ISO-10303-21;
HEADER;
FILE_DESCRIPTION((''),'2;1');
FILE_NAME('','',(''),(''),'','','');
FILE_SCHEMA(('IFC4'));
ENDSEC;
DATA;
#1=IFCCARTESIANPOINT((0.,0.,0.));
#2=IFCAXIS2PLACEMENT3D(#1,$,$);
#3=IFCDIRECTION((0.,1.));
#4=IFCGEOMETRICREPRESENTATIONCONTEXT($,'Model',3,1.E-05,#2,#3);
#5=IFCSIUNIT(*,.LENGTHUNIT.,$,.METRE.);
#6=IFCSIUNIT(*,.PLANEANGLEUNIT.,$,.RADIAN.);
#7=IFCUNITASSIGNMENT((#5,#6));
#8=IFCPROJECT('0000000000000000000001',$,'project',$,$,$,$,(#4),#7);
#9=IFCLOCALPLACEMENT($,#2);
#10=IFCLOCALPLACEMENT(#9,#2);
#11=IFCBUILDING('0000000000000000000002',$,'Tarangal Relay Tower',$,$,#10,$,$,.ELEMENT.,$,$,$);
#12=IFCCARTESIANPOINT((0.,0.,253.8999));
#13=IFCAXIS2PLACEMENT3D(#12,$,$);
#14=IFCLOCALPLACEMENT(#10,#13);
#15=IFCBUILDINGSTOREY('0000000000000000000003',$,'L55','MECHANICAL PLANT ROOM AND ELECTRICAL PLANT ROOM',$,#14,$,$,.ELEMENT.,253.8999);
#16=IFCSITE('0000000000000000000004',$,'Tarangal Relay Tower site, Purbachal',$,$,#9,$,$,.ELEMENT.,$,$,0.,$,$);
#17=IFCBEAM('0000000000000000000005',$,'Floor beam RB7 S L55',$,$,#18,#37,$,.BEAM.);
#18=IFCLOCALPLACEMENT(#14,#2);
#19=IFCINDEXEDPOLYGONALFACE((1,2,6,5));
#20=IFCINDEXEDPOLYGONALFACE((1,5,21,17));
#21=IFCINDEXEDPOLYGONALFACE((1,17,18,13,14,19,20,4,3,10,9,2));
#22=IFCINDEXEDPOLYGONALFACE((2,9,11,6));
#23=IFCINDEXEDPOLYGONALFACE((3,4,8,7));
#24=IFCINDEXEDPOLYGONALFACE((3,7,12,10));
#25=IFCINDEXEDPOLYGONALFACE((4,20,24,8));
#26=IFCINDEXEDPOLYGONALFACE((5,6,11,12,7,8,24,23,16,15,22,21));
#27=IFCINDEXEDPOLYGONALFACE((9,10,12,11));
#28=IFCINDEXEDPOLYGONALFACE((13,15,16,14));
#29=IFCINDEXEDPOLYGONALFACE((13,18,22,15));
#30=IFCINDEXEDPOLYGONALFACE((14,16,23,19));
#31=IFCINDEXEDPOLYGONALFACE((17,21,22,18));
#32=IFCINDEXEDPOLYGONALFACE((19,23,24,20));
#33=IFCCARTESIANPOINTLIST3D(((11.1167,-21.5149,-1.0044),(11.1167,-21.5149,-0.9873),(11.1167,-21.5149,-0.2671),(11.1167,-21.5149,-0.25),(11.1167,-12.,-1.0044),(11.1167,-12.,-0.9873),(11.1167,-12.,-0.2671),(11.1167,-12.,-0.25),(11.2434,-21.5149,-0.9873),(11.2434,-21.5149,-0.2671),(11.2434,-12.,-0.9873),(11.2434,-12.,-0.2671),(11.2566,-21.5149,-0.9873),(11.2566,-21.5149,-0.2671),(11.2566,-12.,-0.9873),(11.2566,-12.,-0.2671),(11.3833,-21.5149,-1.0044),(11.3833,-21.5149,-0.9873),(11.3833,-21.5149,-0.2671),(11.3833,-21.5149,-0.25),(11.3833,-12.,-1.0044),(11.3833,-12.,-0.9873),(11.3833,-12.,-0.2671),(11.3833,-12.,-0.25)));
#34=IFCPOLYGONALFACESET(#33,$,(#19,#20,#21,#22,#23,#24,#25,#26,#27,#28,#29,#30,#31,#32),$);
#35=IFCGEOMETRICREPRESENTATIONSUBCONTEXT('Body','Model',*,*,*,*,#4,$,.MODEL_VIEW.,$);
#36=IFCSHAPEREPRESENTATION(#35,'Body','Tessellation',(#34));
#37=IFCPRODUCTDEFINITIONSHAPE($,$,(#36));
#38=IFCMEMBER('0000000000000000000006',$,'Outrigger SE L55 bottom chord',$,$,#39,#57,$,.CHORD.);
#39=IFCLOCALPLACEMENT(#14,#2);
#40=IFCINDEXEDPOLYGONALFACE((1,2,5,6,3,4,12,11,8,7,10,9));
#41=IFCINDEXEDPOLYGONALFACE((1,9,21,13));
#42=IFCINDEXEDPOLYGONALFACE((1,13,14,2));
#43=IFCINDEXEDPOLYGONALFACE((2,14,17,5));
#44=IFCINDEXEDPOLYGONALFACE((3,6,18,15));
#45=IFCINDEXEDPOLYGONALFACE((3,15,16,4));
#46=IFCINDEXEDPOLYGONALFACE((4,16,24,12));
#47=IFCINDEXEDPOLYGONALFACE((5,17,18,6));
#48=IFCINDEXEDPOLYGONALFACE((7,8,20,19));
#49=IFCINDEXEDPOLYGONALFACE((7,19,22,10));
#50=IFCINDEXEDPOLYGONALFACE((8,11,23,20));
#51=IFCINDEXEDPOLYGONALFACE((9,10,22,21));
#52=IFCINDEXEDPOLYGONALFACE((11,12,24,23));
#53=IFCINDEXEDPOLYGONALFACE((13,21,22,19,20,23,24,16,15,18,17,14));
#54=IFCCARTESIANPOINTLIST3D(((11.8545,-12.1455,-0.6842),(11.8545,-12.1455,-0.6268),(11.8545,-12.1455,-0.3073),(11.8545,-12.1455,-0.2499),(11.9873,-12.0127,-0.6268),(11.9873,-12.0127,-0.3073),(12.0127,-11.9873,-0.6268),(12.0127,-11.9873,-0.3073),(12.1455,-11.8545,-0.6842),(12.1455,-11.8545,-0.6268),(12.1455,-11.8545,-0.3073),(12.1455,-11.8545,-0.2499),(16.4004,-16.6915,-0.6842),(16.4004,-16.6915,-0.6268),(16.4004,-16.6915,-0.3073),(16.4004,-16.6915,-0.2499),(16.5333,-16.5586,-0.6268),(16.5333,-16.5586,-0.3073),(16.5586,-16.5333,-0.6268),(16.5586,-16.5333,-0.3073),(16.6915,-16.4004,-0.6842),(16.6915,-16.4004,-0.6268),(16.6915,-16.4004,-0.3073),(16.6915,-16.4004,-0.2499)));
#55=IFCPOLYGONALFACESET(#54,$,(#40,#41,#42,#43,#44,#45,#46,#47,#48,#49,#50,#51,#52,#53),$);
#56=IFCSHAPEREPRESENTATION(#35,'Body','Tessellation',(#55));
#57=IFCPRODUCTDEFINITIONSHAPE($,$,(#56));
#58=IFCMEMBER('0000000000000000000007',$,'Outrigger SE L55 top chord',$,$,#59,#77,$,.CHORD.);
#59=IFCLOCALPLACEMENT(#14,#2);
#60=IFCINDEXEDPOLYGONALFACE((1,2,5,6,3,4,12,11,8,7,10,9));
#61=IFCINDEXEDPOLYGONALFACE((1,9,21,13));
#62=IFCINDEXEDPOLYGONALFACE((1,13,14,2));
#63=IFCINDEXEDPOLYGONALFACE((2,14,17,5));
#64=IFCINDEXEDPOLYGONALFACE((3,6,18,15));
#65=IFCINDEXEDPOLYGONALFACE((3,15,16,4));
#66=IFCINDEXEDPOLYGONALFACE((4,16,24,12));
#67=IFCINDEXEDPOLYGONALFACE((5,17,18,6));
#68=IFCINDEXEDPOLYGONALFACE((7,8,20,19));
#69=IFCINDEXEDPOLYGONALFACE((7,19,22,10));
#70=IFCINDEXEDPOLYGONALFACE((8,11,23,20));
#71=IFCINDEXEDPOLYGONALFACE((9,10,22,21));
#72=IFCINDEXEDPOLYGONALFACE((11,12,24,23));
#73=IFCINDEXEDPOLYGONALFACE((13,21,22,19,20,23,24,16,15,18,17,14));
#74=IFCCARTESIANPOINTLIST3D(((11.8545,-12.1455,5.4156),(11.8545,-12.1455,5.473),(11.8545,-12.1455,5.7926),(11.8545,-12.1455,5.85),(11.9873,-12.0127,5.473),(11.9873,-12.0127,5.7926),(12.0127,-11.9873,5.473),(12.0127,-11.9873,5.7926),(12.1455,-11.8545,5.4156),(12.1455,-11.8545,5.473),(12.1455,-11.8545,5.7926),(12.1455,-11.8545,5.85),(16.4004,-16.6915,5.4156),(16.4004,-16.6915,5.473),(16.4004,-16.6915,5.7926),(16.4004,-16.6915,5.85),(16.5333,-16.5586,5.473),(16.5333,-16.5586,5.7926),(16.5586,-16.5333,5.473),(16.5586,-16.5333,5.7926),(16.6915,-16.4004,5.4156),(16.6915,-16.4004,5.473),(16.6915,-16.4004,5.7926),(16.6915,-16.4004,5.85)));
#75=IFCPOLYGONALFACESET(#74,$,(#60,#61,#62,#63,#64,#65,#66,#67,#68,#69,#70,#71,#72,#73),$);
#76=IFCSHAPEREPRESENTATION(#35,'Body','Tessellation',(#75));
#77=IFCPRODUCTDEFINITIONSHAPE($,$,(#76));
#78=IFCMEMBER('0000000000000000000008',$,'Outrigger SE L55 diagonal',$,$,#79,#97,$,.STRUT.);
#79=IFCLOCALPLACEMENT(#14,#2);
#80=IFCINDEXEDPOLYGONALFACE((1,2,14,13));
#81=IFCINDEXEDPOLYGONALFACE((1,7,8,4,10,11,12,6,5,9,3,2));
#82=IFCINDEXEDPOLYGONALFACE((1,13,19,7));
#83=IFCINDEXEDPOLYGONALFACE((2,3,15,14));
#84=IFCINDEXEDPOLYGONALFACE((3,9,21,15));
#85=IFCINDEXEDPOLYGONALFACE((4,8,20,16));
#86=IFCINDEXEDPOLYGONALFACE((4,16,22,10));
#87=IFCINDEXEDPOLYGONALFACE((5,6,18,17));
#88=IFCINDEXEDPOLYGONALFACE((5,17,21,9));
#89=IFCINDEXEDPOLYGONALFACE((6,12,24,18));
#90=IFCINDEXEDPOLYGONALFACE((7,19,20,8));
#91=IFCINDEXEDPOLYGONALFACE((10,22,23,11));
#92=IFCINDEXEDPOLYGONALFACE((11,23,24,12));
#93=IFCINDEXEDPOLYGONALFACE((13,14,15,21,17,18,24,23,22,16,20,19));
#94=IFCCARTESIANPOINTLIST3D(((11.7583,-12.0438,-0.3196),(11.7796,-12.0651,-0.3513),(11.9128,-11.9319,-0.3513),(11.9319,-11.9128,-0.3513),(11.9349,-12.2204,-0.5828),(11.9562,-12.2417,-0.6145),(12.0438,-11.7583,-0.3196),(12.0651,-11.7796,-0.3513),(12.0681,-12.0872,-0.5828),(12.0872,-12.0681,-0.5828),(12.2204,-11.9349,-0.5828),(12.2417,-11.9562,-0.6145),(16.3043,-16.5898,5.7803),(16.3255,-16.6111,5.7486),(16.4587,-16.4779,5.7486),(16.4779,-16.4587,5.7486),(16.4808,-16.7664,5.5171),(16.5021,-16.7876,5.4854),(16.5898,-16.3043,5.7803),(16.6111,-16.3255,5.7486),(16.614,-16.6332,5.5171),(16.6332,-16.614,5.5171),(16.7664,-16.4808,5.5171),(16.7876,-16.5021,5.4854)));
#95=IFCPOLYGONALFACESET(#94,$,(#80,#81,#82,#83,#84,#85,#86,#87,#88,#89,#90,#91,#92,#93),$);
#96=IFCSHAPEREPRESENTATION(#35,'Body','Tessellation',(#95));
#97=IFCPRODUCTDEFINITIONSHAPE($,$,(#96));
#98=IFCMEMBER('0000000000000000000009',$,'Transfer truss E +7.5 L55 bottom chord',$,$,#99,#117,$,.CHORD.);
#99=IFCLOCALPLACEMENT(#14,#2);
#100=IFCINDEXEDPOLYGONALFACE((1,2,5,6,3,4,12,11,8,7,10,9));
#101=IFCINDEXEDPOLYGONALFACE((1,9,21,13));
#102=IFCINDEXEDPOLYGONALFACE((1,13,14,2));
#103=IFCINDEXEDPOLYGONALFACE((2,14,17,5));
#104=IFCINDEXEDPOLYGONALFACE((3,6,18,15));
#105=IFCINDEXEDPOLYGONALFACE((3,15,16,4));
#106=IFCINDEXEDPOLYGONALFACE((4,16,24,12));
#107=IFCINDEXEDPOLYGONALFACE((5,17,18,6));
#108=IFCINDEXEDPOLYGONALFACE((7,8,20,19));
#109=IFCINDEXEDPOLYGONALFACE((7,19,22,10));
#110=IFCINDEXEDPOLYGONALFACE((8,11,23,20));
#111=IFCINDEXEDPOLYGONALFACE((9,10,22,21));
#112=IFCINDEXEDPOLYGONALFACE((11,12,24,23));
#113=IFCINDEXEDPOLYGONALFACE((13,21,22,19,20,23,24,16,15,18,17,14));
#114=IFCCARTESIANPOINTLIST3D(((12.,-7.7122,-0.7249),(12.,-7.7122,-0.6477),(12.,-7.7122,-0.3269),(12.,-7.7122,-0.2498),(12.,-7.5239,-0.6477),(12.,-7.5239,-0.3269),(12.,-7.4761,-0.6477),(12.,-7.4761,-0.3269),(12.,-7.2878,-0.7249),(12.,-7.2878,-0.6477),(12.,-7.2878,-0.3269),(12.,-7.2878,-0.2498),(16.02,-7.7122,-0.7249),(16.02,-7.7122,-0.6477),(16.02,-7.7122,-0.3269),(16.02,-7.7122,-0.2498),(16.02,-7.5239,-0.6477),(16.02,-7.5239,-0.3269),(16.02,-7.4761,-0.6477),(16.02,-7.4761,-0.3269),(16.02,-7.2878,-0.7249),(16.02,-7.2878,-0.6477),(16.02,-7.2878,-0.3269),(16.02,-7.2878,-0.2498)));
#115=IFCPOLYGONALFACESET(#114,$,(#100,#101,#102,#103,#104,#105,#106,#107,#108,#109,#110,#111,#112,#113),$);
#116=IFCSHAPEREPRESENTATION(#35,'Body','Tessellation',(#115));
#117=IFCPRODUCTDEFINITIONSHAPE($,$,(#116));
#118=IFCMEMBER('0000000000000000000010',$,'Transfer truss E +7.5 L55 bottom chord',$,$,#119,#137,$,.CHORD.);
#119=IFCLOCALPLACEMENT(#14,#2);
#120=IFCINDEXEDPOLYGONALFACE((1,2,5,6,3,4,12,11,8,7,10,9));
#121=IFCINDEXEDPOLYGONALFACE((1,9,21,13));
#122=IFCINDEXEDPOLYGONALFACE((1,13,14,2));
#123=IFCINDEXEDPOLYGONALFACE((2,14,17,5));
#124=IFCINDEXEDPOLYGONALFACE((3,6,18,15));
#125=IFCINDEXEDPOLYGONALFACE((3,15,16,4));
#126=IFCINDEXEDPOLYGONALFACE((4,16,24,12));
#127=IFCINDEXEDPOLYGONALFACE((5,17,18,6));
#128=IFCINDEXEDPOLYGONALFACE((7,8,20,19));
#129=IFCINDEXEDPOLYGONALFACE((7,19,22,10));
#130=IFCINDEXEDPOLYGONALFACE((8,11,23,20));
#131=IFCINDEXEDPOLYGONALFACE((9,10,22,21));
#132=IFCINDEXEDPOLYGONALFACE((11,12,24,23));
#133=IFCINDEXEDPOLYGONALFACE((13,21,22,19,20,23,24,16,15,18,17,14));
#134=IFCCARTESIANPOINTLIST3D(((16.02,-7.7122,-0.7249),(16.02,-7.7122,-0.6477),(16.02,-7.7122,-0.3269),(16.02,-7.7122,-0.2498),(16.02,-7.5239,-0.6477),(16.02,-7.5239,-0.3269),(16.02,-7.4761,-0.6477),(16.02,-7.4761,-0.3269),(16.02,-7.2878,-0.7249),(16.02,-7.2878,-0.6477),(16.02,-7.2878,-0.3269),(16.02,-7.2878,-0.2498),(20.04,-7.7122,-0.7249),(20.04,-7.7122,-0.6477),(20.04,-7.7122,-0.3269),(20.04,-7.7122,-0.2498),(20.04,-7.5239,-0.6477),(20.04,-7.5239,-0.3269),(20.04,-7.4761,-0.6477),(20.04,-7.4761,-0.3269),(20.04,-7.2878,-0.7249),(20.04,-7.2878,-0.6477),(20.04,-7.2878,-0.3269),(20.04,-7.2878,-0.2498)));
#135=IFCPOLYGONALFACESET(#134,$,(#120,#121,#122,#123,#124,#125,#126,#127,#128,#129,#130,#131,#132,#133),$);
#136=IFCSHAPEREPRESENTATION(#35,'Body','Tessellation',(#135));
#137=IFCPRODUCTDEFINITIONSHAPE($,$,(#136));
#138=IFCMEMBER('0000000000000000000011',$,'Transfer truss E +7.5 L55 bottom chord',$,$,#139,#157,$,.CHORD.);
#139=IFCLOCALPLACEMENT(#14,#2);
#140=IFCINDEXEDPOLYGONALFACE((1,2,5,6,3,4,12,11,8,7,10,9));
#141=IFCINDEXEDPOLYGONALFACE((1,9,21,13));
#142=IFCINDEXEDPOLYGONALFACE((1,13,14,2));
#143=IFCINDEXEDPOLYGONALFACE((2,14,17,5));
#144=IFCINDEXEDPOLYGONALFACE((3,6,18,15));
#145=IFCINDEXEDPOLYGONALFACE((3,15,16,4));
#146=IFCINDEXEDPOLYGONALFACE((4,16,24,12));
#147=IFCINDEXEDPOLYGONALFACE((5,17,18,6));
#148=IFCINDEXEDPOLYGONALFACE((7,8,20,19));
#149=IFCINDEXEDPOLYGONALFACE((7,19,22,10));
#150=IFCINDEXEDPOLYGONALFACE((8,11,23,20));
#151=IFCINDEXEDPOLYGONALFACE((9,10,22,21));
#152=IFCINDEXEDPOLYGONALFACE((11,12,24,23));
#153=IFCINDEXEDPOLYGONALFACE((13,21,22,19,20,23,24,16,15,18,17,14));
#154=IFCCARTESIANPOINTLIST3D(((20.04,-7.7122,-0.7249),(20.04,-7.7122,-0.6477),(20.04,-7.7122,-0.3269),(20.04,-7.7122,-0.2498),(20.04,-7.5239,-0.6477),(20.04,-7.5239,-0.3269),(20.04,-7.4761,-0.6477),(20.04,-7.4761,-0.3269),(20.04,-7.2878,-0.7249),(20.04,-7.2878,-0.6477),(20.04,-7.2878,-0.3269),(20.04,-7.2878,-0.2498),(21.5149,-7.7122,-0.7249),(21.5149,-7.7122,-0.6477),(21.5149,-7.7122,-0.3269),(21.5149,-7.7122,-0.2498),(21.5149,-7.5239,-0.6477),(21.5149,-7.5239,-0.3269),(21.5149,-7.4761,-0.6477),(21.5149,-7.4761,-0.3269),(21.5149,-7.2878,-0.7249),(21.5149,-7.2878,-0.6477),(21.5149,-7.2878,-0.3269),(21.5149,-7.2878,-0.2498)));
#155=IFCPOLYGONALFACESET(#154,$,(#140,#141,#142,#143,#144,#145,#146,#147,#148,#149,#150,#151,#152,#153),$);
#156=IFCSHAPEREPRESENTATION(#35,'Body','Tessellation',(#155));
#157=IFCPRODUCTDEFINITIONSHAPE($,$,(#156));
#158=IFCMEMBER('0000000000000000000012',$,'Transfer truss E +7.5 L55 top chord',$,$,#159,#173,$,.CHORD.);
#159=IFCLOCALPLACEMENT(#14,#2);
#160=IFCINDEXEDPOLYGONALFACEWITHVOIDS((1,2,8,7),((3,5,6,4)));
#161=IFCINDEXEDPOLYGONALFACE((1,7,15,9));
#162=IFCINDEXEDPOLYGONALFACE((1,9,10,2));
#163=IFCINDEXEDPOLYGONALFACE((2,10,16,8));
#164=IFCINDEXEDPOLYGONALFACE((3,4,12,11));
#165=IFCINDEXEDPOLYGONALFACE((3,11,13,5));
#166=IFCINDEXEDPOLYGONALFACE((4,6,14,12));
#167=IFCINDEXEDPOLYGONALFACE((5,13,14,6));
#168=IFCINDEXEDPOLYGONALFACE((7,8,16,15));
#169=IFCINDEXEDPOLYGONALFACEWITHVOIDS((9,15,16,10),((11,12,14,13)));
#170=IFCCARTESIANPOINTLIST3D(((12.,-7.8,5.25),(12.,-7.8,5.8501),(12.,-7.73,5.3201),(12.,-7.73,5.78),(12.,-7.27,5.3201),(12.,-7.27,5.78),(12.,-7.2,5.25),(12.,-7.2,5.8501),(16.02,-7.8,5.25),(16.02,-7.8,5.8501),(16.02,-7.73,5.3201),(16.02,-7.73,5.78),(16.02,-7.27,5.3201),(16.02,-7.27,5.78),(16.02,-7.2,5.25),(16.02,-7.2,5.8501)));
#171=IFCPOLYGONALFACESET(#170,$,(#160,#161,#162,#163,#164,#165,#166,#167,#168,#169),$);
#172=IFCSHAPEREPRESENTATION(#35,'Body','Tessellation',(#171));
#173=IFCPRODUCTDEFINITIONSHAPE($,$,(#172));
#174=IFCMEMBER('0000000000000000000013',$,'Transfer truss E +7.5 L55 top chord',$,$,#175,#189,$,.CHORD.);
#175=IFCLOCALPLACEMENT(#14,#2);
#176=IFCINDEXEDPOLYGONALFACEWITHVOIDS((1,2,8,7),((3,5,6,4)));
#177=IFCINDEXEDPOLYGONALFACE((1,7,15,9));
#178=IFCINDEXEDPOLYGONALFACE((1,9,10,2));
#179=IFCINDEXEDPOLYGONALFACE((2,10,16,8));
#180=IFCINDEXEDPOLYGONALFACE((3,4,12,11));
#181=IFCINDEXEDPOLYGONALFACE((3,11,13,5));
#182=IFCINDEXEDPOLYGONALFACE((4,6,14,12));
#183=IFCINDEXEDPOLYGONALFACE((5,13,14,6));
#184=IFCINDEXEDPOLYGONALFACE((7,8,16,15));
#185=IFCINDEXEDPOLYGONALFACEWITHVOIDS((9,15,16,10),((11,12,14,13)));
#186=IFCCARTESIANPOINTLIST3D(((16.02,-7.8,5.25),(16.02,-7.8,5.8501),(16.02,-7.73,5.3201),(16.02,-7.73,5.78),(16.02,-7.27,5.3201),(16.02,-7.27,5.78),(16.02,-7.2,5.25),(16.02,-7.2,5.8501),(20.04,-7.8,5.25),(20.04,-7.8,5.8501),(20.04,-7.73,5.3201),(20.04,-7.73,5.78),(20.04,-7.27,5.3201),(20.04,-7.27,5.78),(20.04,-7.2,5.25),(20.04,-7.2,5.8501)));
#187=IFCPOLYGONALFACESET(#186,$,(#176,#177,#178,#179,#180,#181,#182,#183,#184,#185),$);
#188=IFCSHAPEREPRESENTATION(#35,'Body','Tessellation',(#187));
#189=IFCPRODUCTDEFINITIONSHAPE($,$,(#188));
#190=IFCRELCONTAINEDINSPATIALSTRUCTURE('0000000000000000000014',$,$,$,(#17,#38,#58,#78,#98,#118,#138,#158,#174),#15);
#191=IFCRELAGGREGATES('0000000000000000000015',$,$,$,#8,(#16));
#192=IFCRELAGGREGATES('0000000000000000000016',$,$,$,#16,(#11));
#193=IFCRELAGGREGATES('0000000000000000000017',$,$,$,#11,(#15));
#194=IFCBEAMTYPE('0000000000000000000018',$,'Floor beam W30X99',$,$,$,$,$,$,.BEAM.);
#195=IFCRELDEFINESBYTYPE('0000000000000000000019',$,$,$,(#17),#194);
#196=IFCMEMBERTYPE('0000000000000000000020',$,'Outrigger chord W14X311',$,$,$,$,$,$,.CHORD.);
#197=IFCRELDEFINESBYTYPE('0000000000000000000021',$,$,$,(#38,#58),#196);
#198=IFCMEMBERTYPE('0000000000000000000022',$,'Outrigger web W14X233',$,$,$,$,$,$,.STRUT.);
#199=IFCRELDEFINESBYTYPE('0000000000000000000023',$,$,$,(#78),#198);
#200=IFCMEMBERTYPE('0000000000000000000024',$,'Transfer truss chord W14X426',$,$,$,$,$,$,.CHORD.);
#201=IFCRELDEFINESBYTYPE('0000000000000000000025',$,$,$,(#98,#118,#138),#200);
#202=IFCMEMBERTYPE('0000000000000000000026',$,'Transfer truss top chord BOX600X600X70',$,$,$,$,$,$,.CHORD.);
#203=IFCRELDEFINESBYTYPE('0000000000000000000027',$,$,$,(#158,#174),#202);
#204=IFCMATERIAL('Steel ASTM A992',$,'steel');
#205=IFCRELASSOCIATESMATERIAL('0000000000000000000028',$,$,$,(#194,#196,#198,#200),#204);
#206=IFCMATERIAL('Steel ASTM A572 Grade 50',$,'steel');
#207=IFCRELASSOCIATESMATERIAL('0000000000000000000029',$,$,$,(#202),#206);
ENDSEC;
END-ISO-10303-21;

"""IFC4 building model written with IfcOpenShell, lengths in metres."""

from ifc_helpers import new_model, si_unit, direction, frame, origin, origin_2d, place, context, subcontext, project, spatial, hollow_rectangle, i_section, extrude, material, material_profile, profile_set, type_object, element, save


model = new_model("IFC4")

# Units and contexts
model_context = context("Model", 3, precision=1e-05, world=origin(), true_north=direction((0.0, 1.0)))
body_context = subcontext(model_context, "Body", "Model", "MODEL_VIEW")
ifc_project = project(units=[si_unit("LENGTHUNIT", "METRE"), si_unit("PLANEANGLEUNIT", "RADIAN")], contexts=[model_context])

# Site, building, storey
site_placement = place(None, origin())
site = spatial("IfcSite", under=ifc_project, at=site_placement, Name="Tarangal Relay Tower site, Purbachal", CompositionType="ELEMENT", RefElevation=0.0)
building_placement = place(site_placement, origin())
building = spatial("IfcBuilding", under=site, at=building_placement, Name="Tarangal Relay Tower", CompositionType="ELEMENT")
storey_placement = place(building_placement, frame((0.0, 0.0, 253.8999)))
storey = spatial("IfcBuildingStorey", under=building, at=storey_placement, Name="L55", Description="MECHANICAL PLANT ROOM AND ELECTRICAL PLANT ROOM", CompositionType="ELEMENT", Elevation=253.8999)

# Shared definitions
ifc_material_1 = material(Name="Steel ASTM A572 Grade 50", Category="steel")

# Shared definitions
ifc_material_2 = material(Name="Steel ASTM A992", Category="steel")

# Beam
ifc_material_profile_1 = material_profile(ifc_material_2, i_section(OverallWidth=0.2666, OverallDepth=0.7544, WebThickness=0.0132, FlangeThickness=0.0171, at=origin_2d()), Name="W30X99")
ifc_profile_set_1 = profile_set([ifc_material_profile_1], Name="Steel ASTM A992")
beam_type_1 = type_object("IfcBeamType", Name="Floor beam W30X99", PredefinedType="BEAM", material=ifc_profile_set_1)
for number, where, z_axis, x_axis, name in (
    (1, (11.25, -12.0, -0.6272), (0.0, -1.0, 0.0), (1.0, 0.0, 0.0), "Floor beam RB7 S L55"),
):
    element("IfcBeam", number, at=place(storey_placement, frame(where, z_axis=z_axis, x_axis=x_axis)), inside=storey, type_object=beam_type_1, Name=name, PredefinedType="BEAM", context=body_context, shape_type="SweptSolid", body=[
        extrude(i_section(OverallWidth=0.2666, OverallDepth=0.7544, WebThickness=0.0132, FlangeThickness=0.0171, at=origin_2d()), origin(), (0.0, 0.0, 1.0), 9.5149),
    ])

# Members
ifc_material_profile_2 = material_profile(ifc_material_2, i_section(OverallWidth=0.4116, OverallDepth=0.4343, WebThickness=0.0359, FlangeThickness=0.0574, at=origin_2d()), Name="W14X311")
ifc_profile_set_2 = profile_set([ifc_material_profile_2], Name="Steel ASTM A992")
member_type_1 = type_object("IfcMemberType", Name="Outrigger chord W14X311", PredefinedType="CHORD", material=ifc_profile_set_2)
for number, where, z_axis, x_axis, name in (
    (2, (12.0, -12.0, -0.467), (0.707107, -0.707107, 0.0), (0.707107, 0.707107, 0.0), "Outrigger SE L55 bottom chord"),
    (3, (12.0, -12.0, 5.6328), (0.707107, -0.707107, 0.0), (0.707107, 0.707107, 0.0), "Outrigger SE L55 top chord"),
):
    element("IfcMember", number, at=place(storey_placement, frame(where, z_axis=z_axis, x_axis=x_axis)), inside=storey, type_object=member_type_1, Name=name, PredefinedType="CHORD", context=body_context, shape_type="SweptSolid", body=[
        extrude(i_section(OverallWidth=0.4116, OverallDepth=0.4343, WebThickness=0.0359, FlangeThickness=0.0574, at=origin_2d()), origin(), (0.0, 0.0, 1.0), 6.429),
    ])
ifc_material_profile_3 = material_profile(ifc_material_2, i_section(OverallWidth=0.4038, OverallDepth=0.4065, WebThickness=0.0271, FlangeThickness=0.0437, at=origin_2d()), Name="W14X233")
ifc_profile_set_3 = profile_set([ifc_material_profile_3], Name="Steel ASTM A992")
member_type_2 = type_object("IfcMemberType", Name="Outrigger web W14X233", PredefinedType="STRUT", material=ifc_profile_set_3)
member_1_placement = place(storey_placement, frame((12.0, -12.0, -0.467), z_axis=(0.512954, -0.512954, 0.6883), x_axis=(0.707107, 0.707107, 0.0)))
element("IfcMember", 4, at=member_1_placement, inside=storey, type_object=member_type_2, Name="Outrigger SE L55 diagonal", PredefinedType="STRUT", context=body_context, shape_type="SweptSolid", body=[
    extrude(i_section(OverallWidth=0.4038, OverallDepth=0.4065, WebThickness=0.0271, FlangeThickness=0.0437, at=origin_2d()), origin(), (0.0, 0.0, 1.0), 8.8623),
])
ifc_material_profile_4 = material_profile(ifc_material_2, i_section(OverallWidth=0.4243, OverallDepth=0.4751, WebThickness=0.0479, FlangeThickness=0.0771, at=origin_2d()), Name="W14X426")
ifc_profile_set_4 = profile_set([ifc_material_profile_4], Name="Steel ASTM A992")
member_type_3 = type_object("IfcMemberType", Name="Transfer truss chord W14X426", PredefinedType="CHORD", material=ifc_profile_set_4)
for number, where, z_axis, x_axis, name in (
    (5, (12.0, -7.5, -0.4873), (1.0, 0.0, 0.0), (0.0, 1.0, 0.0), "Transfer truss E +7.5 L55 bottom chord"),
    (6, (16.02, -7.5, -0.4873), (1.0, 0.0, 0.0), (0.0, 1.0, 0.0), "Transfer truss E +7.5 L55 bottom chord"),
):
    element("IfcMember", number, at=place(storey_placement, frame(where, z_axis=z_axis, x_axis=x_axis)), inside=storey, type_object=member_type_3, Name=name, PredefinedType="CHORD", context=body_context, shape_type="SweptSolid", body=[
        extrude(i_section(OverallWidth=0.4243, OverallDepth=0.4751, WebThickness=0.0479, FlangeThickness=0.0771, at=origin_2d()), origin(), (0.0, 0.0, 1.0), 4.02),
    ])
member_2_placement = place(storey_placement, frame((20.04, -7.5, -0.4873), z_axis=(1.0, 0.0, 0.0), x_axis=(0.0, 1.0, 0.0)))
element("IfcMember", 7, at=member_2_placement, inside=storey, type_object=member_type_3, Name="Transfer truss E +7.5 L55 bottom chord", PredefinedType="CHORD", context=body_context, shape_type="SweptSolid", body=[
    extrude(i_section(OverallWidth=0.4243, OverallDepth=0.4751, WebThickness=0.0479, FlangeThickness=0.0771, at=origin_2d()), origin(), (0.0, 0.0, 1.0), 1.4749),
])
ifc_material_profile_5 = material_profile(ifc_material_1, hollow_rectangle(XDim=0.6001, YDim=0.6001, WallThickness=0.0701, at=origin_2d()), Name="BOX600X600X70")
ifc_profile_set_5 = profile_set([ifc_material_profile_5], Name="Steel ASTM A572 Grade 50")
member_type_4 = type_object("IfcMemberType", Name="Transfer truss top chord BOX600X600X70", PredefinedType="CHORD", material=ifc_profile_set_5)
for number, where, z_axis, x_axis, name in (
    (8, (12.0, -7.5, 5.55), (1.0, 0.0, 0.0), (0.0, 1.0, 0.0), "Transfer truss E +7.5 L55 top chord"),
    (9, (16.02, -7.5, 5.55), (1.0, 0.0, 0.0), (0.0, 1.0, 0.0), "Transfer truss E +7.5 L55 top chord"),
):
    element("IfcMember", number, at=place(storey_placement, frame(where, z_axis=z_axis, x_axis=x_axis)), inside=storey, type_object=member_type_4, Name=name, PredefinedType="CHORD", context=body_context, shape_type="SweptSolid", body=[
        extrude(hollow_rectangle(XDim=0.6001, YDim=0.6001, WallThickness=0.0701, at=origin_2d()), origin(), (0.0, 0.0, 1.0), 4.02),
    ])

save(model, "model.ifc")
